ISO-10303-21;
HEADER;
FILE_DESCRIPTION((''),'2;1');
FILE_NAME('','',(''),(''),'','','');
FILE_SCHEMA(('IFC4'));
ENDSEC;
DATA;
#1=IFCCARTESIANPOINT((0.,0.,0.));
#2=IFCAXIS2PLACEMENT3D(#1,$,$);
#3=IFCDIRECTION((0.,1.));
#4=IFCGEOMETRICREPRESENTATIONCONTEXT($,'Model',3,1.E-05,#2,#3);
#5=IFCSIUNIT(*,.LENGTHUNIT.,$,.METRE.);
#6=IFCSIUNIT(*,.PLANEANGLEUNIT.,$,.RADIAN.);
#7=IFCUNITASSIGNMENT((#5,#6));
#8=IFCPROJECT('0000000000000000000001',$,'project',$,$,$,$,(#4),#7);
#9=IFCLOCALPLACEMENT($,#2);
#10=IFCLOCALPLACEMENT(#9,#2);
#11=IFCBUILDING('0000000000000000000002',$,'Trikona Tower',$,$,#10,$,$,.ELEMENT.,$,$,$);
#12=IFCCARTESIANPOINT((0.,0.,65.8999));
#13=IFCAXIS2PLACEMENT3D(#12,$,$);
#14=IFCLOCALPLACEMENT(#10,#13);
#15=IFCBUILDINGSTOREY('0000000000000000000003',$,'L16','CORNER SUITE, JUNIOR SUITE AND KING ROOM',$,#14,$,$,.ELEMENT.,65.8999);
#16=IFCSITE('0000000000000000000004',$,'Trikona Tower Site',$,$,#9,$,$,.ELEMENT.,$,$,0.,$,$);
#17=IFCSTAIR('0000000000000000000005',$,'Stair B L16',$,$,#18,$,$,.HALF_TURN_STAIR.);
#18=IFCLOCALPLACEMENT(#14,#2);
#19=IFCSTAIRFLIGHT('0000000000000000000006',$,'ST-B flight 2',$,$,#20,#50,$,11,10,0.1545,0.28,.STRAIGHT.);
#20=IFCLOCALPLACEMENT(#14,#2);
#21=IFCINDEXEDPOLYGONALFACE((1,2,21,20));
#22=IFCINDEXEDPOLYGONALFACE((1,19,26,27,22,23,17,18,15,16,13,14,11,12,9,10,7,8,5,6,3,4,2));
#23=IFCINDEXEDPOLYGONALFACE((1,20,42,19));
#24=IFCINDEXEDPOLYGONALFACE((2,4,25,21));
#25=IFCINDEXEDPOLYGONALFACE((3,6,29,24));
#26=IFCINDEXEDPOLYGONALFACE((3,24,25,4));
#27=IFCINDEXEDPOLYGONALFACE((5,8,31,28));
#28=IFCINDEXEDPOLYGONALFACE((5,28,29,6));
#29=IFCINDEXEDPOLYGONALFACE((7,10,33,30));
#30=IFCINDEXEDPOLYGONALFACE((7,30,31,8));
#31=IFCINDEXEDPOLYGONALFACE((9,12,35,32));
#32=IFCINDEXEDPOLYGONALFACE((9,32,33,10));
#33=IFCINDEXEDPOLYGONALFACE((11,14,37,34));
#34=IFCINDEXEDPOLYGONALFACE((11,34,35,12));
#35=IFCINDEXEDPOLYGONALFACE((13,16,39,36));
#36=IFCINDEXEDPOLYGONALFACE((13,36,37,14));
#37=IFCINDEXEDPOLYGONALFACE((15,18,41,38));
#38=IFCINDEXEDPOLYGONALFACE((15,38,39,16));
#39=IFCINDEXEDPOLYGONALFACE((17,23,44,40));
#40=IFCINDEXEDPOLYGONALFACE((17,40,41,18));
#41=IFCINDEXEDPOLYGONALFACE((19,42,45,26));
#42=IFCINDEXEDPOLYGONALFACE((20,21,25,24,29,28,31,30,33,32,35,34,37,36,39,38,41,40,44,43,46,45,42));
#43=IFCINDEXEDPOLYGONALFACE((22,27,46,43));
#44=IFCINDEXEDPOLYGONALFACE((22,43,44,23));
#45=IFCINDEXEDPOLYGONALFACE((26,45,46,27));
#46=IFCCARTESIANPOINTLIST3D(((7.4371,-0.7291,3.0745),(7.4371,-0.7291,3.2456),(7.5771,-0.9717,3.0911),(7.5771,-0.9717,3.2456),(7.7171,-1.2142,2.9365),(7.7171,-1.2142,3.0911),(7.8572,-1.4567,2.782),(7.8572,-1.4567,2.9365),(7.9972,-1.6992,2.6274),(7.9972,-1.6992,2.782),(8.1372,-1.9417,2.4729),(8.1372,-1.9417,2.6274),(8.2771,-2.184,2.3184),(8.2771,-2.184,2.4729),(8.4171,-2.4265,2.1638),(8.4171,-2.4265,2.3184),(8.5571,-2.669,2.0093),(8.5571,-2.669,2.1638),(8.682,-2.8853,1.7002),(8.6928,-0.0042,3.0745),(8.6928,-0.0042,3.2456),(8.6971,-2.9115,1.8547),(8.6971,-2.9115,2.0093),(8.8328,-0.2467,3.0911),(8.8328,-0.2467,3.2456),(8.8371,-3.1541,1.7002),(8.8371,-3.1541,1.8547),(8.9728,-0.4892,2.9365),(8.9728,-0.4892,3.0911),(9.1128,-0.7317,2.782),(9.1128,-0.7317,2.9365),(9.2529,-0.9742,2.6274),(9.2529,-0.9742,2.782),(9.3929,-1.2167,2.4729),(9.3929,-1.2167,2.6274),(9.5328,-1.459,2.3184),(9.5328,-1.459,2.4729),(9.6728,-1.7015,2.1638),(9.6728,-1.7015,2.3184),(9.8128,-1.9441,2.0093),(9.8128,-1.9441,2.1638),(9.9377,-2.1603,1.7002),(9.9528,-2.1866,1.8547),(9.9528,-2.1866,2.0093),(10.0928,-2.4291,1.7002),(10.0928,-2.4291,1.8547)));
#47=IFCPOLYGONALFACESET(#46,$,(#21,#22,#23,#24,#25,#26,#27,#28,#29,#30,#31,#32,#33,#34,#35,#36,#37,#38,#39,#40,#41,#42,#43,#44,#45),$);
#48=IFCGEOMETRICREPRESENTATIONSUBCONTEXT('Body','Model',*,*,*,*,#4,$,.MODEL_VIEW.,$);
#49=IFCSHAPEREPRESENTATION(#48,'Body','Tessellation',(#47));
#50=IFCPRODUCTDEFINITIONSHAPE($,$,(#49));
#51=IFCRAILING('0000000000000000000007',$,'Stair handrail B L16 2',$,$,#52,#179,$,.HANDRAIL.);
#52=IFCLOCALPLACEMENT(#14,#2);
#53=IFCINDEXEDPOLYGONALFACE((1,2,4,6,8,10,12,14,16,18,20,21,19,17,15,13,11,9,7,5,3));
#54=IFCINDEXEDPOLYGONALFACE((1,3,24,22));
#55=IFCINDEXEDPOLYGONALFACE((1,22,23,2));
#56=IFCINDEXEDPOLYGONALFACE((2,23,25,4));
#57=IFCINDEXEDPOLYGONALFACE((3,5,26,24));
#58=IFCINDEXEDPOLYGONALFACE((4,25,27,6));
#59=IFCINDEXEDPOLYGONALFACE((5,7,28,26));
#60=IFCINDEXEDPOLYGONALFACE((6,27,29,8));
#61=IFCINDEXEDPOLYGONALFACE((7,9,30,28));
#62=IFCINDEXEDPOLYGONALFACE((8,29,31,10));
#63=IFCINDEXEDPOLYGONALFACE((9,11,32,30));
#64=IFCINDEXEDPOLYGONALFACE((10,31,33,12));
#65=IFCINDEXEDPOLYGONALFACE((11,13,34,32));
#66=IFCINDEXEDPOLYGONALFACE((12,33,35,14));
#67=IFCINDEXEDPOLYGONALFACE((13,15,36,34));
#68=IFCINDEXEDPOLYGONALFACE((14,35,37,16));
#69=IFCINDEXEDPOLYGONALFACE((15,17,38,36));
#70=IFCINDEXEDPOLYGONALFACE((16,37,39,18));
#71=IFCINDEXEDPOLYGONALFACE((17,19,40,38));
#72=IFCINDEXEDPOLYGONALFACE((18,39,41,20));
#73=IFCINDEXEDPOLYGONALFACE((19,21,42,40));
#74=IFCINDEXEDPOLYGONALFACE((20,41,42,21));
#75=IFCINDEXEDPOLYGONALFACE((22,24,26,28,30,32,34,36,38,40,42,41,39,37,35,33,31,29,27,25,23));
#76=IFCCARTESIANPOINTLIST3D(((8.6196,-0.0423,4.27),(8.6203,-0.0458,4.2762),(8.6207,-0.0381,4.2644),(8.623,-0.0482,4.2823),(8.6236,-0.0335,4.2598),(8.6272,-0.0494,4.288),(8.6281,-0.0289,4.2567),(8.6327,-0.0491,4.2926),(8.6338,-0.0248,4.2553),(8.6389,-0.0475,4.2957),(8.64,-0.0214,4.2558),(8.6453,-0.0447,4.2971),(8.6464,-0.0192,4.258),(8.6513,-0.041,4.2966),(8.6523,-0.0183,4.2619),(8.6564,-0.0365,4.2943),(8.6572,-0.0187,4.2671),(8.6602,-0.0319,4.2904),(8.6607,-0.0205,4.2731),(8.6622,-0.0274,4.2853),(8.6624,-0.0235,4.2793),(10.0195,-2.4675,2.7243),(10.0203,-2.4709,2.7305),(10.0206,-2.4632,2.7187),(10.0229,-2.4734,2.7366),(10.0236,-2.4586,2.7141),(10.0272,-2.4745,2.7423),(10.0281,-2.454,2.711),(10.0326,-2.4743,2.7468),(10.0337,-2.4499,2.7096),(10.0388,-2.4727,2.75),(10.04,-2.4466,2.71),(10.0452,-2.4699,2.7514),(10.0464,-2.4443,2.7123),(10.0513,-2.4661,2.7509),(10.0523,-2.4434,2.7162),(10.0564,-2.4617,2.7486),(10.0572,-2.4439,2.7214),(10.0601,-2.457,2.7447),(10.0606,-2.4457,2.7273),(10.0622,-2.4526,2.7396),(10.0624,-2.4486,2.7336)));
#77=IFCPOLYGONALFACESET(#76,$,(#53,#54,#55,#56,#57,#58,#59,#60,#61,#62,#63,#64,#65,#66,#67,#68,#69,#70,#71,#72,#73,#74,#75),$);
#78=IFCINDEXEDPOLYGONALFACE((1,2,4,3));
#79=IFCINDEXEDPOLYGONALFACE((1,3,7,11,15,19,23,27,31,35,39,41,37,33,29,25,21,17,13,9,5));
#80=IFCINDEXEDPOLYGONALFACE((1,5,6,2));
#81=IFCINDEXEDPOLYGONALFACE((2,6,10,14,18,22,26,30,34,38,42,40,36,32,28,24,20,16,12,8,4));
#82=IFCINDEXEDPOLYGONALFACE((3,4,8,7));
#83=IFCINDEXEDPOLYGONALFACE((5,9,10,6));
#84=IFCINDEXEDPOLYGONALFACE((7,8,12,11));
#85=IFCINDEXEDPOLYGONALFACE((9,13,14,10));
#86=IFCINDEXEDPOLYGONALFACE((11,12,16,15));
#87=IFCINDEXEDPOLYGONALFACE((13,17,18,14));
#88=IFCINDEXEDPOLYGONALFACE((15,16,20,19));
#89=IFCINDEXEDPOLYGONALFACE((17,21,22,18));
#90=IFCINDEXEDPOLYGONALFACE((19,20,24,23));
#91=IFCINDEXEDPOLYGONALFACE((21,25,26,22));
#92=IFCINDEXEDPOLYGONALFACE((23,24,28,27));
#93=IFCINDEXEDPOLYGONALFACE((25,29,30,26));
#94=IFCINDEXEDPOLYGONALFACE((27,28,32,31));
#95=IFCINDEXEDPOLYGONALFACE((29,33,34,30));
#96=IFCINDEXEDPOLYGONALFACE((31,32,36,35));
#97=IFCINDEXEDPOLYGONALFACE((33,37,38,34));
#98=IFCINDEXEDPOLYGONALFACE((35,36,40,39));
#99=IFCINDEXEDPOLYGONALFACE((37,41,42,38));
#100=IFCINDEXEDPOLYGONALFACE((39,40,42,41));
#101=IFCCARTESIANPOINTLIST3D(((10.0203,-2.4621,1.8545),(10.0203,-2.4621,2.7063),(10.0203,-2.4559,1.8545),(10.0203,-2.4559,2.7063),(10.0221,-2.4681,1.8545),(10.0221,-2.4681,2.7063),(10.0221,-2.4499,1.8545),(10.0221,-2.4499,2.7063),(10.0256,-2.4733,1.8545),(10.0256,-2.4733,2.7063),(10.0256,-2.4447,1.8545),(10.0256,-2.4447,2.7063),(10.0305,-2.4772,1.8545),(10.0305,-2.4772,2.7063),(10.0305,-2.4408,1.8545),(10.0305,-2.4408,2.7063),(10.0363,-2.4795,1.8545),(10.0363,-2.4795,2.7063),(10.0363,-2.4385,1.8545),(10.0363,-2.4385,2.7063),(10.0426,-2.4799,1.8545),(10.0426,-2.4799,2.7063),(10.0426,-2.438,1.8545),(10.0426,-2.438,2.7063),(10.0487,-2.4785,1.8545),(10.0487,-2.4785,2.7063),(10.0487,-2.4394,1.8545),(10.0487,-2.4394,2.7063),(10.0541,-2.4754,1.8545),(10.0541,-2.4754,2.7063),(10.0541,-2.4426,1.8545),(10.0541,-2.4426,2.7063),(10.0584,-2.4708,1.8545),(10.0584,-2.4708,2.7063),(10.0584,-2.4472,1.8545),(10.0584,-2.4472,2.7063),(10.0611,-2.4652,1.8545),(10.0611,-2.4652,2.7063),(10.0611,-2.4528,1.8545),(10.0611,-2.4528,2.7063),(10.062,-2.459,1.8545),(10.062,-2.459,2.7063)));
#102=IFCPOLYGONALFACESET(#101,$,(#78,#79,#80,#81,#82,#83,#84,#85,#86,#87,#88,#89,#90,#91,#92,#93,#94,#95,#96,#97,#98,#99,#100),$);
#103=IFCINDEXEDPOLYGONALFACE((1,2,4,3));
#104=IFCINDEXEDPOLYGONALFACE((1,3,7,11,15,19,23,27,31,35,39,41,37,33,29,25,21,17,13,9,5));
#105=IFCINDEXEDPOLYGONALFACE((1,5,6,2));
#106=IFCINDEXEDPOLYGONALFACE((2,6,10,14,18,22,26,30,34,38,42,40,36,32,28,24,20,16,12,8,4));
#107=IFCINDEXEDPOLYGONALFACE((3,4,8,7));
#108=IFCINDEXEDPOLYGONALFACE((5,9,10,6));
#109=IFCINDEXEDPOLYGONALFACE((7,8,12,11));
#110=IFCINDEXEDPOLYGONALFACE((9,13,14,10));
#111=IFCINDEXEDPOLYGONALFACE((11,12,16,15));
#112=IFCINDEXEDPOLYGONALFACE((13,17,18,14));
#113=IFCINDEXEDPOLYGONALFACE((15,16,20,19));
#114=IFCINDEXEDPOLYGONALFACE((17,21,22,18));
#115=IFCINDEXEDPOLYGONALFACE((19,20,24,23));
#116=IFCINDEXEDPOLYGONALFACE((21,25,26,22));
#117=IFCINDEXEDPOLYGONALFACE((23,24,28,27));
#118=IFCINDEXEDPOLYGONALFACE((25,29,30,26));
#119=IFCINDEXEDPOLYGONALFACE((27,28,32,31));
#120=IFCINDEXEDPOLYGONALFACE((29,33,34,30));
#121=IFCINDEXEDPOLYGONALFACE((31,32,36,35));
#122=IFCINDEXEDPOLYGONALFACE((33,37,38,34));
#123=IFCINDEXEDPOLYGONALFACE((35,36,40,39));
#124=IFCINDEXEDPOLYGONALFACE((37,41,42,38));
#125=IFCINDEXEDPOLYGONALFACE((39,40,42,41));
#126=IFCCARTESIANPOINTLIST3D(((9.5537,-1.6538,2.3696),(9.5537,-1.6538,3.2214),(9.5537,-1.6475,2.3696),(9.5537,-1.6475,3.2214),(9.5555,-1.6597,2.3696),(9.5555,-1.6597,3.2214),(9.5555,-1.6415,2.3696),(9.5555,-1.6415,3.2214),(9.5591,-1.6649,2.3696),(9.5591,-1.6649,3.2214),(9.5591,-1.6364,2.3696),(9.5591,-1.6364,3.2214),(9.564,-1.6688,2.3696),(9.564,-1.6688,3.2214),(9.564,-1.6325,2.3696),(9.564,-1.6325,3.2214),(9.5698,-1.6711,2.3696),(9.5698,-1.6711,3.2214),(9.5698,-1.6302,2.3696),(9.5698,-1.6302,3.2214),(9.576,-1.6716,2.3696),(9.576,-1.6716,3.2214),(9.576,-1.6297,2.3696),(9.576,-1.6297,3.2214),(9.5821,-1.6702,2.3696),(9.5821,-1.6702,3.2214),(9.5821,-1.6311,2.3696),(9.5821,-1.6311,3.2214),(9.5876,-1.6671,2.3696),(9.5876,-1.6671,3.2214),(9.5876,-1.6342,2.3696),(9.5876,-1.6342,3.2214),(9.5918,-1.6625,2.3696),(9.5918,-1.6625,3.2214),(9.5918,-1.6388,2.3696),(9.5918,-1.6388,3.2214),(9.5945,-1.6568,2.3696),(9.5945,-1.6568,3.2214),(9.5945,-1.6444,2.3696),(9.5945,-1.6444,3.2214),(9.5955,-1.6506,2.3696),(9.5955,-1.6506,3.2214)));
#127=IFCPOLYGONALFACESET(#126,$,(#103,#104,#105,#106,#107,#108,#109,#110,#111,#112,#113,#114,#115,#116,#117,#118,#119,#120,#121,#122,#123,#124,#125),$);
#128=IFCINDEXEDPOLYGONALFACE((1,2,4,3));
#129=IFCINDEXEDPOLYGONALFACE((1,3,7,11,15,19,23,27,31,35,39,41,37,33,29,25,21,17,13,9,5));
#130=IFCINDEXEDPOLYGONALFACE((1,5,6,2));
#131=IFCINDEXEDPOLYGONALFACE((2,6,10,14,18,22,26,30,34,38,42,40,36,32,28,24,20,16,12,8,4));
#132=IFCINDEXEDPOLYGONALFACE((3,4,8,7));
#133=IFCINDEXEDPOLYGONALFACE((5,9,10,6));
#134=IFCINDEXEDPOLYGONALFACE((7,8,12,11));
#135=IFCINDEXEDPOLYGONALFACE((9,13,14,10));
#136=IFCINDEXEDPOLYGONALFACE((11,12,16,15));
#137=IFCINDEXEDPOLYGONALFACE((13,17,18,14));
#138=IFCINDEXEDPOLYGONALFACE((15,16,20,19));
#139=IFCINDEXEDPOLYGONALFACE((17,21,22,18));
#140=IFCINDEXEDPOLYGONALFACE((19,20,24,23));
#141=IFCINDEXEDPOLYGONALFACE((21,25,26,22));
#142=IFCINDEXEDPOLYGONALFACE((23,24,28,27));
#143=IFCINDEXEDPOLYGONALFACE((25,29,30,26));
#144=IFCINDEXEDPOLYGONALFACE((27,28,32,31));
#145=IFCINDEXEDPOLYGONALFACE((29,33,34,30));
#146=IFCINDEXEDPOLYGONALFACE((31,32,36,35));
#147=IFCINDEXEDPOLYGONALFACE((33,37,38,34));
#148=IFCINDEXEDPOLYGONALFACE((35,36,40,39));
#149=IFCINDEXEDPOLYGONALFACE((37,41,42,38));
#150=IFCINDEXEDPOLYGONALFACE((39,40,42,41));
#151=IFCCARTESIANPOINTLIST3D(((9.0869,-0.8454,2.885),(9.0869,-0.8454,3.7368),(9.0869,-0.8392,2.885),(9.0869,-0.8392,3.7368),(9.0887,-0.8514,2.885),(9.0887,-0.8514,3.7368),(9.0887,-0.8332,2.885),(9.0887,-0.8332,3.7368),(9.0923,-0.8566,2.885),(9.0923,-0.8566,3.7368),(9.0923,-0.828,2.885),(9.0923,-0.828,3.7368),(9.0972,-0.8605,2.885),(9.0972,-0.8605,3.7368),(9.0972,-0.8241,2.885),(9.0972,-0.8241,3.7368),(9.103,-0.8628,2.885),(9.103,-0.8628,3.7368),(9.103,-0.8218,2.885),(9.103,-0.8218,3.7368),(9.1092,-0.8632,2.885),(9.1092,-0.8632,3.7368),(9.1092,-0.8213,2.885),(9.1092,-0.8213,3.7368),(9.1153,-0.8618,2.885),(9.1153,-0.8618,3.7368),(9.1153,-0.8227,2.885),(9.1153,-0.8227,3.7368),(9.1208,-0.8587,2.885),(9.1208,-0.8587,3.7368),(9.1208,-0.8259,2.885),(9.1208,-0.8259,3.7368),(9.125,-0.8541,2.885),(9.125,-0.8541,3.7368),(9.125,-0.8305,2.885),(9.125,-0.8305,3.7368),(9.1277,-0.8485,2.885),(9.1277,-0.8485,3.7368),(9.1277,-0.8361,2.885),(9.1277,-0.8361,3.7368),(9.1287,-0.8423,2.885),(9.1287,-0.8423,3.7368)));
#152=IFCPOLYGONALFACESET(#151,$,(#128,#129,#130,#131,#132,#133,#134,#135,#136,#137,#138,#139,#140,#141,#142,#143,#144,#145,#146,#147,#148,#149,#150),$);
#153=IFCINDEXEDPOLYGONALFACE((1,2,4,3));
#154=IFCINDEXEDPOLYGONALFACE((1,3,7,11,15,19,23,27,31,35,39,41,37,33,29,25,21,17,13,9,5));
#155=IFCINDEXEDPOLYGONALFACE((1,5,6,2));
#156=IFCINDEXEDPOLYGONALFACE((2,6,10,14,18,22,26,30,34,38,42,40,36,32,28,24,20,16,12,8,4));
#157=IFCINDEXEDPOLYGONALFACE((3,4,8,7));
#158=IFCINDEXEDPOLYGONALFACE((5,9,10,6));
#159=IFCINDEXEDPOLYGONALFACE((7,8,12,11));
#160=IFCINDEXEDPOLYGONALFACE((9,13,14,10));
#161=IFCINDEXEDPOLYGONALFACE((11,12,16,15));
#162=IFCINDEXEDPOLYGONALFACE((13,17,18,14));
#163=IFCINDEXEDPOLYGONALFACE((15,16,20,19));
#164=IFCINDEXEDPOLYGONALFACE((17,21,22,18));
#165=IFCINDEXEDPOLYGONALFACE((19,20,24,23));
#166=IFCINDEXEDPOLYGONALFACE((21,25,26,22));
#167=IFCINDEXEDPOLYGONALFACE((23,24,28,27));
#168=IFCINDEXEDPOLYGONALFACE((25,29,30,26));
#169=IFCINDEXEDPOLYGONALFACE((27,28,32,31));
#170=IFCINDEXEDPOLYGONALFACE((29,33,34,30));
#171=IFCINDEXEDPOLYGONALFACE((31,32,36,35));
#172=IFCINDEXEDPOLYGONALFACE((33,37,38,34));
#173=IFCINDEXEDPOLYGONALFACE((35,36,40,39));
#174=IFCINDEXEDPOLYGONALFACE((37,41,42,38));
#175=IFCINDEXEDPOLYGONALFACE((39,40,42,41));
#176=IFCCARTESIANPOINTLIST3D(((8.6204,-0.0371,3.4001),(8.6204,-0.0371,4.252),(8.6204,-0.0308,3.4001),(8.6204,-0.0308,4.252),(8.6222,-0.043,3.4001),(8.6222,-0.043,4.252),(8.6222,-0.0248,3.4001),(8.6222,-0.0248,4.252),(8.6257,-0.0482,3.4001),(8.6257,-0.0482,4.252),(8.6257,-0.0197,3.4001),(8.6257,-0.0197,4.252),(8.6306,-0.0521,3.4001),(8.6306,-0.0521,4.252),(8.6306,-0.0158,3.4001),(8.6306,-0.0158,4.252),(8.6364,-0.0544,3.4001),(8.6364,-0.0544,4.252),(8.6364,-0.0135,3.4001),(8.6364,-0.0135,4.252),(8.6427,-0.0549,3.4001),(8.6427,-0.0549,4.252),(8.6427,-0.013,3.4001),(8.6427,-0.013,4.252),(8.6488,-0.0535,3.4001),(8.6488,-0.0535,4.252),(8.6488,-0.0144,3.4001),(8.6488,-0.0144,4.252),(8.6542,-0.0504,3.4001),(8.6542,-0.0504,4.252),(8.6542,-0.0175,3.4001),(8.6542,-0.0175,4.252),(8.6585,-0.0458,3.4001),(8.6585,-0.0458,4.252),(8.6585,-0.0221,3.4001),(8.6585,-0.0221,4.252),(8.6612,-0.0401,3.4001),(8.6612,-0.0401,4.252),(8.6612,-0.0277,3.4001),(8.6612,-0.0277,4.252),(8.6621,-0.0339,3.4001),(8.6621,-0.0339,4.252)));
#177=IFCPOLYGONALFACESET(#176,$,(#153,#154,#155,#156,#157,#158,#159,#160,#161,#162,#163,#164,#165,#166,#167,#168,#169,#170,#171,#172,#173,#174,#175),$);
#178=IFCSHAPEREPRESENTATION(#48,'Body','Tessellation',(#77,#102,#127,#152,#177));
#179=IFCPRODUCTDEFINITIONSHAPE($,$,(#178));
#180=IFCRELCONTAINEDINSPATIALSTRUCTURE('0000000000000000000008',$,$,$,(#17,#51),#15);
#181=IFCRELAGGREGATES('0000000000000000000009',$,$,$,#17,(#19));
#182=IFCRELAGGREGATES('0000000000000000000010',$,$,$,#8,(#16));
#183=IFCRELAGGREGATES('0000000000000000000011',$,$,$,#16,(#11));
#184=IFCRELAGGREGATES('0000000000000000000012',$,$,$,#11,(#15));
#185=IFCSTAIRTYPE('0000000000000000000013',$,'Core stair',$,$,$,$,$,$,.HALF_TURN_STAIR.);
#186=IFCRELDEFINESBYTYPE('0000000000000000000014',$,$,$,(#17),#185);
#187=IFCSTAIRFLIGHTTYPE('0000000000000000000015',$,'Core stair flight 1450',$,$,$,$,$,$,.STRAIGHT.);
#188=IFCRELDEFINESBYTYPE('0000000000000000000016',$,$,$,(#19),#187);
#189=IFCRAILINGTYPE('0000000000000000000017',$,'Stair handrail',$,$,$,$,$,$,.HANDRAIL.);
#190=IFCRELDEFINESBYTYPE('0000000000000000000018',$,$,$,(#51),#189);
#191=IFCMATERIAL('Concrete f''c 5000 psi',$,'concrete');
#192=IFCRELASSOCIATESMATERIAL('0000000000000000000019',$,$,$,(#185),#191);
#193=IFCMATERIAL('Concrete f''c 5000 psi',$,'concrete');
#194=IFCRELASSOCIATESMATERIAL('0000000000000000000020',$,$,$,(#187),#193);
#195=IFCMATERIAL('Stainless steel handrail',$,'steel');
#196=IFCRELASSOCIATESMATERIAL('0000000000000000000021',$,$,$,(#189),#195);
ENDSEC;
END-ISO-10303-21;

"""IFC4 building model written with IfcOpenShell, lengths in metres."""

from ifc_helpers import new_model, si_unit, direction, frame, origin, origin_2d, place, context, subcontext, project, spatial, polyline, circle, outline, extrude, material, type_object, element, aggregate, save


model = new_model("IFC4")

# Units and contexts
model_context = context("Model", 3, precision=1e-05, world=origin(), true_north=direction((0.0, 1.0)))
body_context = subcontext(model_context, "Body", "Model", "MODEL_VIEW")
ifc_project = project(units=[si_unit("LENGTHUNIT", "METRE"), si_unit("PLANEANGLEUNIT", "RADIAN")], contexts=[model_context])

# Site, building, storey
site_placement = place(None, origin())
site = spatial("IfcSite", under=ifc_project, at=site_placement, Name="Trikona Tower Site", CompositionType="ELEMENT", RefElevation=0.0)
building_placement = place(site_placement, origin())
building = spatial("IfcBuilding", under=site, at=building_placement, Name="Trikona Tower", CompositionType="ELEMENT")
storey_placement = place(building_placement, frame((0.0, 0.0, 65.8999)))
storey = spatial("IfcBuildingStorey", under=building, at=storey_placement, Name="L16", Description="CORNER SUITE, JUNIOR SUITE AND KING ROOM", CompositionType="ELEMENT", Elevation=65.8999)

# Stair, stair flight
ifc_material_1 = material(Name="Concrete f'c 5000 psi", Category="concrete")
stair_type = type_object("IfcStairType", Name="Core stair", PredefinedType="HALF_TURN_STAIR", material=ifc_material_1)
stair_placement = place(storey_placement, origin())
stair = element("IfcStair", 1, at=stair_placement, inside=storey, type_object=stair_type, Name="Stair B L16", PredefinedType="HALF_TURN_STAIR")
ifc_material_2 = material(Name="Concrete f'c 5000 psi", Category="concrete")
stair_flight_type = type_object("IfcStairFlightType", Name="Core stair flight 1450", PredefinedType="STRAIGHT", material=ifc_material_2)
stair_flight_placement = place(storey_placement, frame((9.4651, -2.7915, 1.7002), z_axis=(0.0, 0.0, 1.0), x_axis=(-0.5, 0.866025, 0.0)))
stair_flight = element("IfcStairFlight", 2, at=stair_flight_placement, type_object=stair_flight_type, Name="ST-B flight 2", NumberOfRisers=11, NumberOfTreads=10, PredefinedType="STRAIGHT", RiserHeight=0.1545, TreadLength=0.28, context=body_context, shape_type="SweptSolid", body=[
    extrude(outline(polyline([(0.0, 0.0), (0.0, 0.1545), (0.28, 0.1545), (0.28, 0.3091), (0.5601, 0.3091), (0.5601, 0.4636), (0.8401, 0.4636), (0.8401, 0.6182), (1.1201, 0.6182), (1.1201, 0.7727), (1.3999, 0.7727), (1.3999, 0.9272), (1.6799, 0.9272), (1.6799, 1.0818), (1.96, 1.0818), (1.96, 1.2363), (2.24, 1.2363), (2.24, 1.3909), (2.52, 1.3909), (2.52, 1.5454), (2.8, 1.5454), (2.8, 1.7), (2.8, 1.3743), (0.3103, 0.0), (0.0, 0.0)])), frame((0.0, 0.7251, 0.0), z_axis=(0.0, -1.0, 0.0), x_axis=(1.0, 0.0, 0.0)), (0.0, 0.0, 1.0), 1.45),
])
aggregate(stair, [stair_flight])

# Railing
ifc_material_3 = material(Name="Stainless steel handrail", Category="steel")
railing_type = type_object("IfcRailingType", Name="Stair handrail", PredefinedType="HANDRAIL", material=ifc_material_3)
railing_placement = place(storey_placement, frame((10.041, -2.459, 1.8545)))
element("IfcRailing", 3, at=railing_placement, inside=storey, type_object=railing_type, Name="Stair handrail B L16 2", PredefinedType="HANDRAIL", context=body_context, shape_type="SweptSolid", body=[
    extrude(circle(Radius=0.0239, at=origin_2d()), frame((0.0, 0.0, 0.876), z_axis=(-0.437691, 0.758212, 0.483262), x_axis=(-0.866056, -0.499946, 0.0)), (0.0, 0.0, 1.0), 3.1985),
    extrude(circle(Radius=0.021, at=origin_2d()), origin(), (0.0, 0.0, 1.0), 0.8518),
    extrude(circle(Radius=0.021, at=origin_2d()), frame((-0.4666, 0.8083, 0.5151)), (0.0, 0.0, 1.0), 0.8518),
    extrude(circle(Radius=0.021, at=origin_2d()), frame((-0.9333, 1.6167, 1.0305)), (0.0, 0.0, 1.0), 0.8518),
    extrude(circle(Radius=0.021, at=origin_2d()), frame((-1.3999, 2.425, 1.5457)), (0.0, 0.0, 1.0), 0.8518),
])

save(model, "model.ifc")
